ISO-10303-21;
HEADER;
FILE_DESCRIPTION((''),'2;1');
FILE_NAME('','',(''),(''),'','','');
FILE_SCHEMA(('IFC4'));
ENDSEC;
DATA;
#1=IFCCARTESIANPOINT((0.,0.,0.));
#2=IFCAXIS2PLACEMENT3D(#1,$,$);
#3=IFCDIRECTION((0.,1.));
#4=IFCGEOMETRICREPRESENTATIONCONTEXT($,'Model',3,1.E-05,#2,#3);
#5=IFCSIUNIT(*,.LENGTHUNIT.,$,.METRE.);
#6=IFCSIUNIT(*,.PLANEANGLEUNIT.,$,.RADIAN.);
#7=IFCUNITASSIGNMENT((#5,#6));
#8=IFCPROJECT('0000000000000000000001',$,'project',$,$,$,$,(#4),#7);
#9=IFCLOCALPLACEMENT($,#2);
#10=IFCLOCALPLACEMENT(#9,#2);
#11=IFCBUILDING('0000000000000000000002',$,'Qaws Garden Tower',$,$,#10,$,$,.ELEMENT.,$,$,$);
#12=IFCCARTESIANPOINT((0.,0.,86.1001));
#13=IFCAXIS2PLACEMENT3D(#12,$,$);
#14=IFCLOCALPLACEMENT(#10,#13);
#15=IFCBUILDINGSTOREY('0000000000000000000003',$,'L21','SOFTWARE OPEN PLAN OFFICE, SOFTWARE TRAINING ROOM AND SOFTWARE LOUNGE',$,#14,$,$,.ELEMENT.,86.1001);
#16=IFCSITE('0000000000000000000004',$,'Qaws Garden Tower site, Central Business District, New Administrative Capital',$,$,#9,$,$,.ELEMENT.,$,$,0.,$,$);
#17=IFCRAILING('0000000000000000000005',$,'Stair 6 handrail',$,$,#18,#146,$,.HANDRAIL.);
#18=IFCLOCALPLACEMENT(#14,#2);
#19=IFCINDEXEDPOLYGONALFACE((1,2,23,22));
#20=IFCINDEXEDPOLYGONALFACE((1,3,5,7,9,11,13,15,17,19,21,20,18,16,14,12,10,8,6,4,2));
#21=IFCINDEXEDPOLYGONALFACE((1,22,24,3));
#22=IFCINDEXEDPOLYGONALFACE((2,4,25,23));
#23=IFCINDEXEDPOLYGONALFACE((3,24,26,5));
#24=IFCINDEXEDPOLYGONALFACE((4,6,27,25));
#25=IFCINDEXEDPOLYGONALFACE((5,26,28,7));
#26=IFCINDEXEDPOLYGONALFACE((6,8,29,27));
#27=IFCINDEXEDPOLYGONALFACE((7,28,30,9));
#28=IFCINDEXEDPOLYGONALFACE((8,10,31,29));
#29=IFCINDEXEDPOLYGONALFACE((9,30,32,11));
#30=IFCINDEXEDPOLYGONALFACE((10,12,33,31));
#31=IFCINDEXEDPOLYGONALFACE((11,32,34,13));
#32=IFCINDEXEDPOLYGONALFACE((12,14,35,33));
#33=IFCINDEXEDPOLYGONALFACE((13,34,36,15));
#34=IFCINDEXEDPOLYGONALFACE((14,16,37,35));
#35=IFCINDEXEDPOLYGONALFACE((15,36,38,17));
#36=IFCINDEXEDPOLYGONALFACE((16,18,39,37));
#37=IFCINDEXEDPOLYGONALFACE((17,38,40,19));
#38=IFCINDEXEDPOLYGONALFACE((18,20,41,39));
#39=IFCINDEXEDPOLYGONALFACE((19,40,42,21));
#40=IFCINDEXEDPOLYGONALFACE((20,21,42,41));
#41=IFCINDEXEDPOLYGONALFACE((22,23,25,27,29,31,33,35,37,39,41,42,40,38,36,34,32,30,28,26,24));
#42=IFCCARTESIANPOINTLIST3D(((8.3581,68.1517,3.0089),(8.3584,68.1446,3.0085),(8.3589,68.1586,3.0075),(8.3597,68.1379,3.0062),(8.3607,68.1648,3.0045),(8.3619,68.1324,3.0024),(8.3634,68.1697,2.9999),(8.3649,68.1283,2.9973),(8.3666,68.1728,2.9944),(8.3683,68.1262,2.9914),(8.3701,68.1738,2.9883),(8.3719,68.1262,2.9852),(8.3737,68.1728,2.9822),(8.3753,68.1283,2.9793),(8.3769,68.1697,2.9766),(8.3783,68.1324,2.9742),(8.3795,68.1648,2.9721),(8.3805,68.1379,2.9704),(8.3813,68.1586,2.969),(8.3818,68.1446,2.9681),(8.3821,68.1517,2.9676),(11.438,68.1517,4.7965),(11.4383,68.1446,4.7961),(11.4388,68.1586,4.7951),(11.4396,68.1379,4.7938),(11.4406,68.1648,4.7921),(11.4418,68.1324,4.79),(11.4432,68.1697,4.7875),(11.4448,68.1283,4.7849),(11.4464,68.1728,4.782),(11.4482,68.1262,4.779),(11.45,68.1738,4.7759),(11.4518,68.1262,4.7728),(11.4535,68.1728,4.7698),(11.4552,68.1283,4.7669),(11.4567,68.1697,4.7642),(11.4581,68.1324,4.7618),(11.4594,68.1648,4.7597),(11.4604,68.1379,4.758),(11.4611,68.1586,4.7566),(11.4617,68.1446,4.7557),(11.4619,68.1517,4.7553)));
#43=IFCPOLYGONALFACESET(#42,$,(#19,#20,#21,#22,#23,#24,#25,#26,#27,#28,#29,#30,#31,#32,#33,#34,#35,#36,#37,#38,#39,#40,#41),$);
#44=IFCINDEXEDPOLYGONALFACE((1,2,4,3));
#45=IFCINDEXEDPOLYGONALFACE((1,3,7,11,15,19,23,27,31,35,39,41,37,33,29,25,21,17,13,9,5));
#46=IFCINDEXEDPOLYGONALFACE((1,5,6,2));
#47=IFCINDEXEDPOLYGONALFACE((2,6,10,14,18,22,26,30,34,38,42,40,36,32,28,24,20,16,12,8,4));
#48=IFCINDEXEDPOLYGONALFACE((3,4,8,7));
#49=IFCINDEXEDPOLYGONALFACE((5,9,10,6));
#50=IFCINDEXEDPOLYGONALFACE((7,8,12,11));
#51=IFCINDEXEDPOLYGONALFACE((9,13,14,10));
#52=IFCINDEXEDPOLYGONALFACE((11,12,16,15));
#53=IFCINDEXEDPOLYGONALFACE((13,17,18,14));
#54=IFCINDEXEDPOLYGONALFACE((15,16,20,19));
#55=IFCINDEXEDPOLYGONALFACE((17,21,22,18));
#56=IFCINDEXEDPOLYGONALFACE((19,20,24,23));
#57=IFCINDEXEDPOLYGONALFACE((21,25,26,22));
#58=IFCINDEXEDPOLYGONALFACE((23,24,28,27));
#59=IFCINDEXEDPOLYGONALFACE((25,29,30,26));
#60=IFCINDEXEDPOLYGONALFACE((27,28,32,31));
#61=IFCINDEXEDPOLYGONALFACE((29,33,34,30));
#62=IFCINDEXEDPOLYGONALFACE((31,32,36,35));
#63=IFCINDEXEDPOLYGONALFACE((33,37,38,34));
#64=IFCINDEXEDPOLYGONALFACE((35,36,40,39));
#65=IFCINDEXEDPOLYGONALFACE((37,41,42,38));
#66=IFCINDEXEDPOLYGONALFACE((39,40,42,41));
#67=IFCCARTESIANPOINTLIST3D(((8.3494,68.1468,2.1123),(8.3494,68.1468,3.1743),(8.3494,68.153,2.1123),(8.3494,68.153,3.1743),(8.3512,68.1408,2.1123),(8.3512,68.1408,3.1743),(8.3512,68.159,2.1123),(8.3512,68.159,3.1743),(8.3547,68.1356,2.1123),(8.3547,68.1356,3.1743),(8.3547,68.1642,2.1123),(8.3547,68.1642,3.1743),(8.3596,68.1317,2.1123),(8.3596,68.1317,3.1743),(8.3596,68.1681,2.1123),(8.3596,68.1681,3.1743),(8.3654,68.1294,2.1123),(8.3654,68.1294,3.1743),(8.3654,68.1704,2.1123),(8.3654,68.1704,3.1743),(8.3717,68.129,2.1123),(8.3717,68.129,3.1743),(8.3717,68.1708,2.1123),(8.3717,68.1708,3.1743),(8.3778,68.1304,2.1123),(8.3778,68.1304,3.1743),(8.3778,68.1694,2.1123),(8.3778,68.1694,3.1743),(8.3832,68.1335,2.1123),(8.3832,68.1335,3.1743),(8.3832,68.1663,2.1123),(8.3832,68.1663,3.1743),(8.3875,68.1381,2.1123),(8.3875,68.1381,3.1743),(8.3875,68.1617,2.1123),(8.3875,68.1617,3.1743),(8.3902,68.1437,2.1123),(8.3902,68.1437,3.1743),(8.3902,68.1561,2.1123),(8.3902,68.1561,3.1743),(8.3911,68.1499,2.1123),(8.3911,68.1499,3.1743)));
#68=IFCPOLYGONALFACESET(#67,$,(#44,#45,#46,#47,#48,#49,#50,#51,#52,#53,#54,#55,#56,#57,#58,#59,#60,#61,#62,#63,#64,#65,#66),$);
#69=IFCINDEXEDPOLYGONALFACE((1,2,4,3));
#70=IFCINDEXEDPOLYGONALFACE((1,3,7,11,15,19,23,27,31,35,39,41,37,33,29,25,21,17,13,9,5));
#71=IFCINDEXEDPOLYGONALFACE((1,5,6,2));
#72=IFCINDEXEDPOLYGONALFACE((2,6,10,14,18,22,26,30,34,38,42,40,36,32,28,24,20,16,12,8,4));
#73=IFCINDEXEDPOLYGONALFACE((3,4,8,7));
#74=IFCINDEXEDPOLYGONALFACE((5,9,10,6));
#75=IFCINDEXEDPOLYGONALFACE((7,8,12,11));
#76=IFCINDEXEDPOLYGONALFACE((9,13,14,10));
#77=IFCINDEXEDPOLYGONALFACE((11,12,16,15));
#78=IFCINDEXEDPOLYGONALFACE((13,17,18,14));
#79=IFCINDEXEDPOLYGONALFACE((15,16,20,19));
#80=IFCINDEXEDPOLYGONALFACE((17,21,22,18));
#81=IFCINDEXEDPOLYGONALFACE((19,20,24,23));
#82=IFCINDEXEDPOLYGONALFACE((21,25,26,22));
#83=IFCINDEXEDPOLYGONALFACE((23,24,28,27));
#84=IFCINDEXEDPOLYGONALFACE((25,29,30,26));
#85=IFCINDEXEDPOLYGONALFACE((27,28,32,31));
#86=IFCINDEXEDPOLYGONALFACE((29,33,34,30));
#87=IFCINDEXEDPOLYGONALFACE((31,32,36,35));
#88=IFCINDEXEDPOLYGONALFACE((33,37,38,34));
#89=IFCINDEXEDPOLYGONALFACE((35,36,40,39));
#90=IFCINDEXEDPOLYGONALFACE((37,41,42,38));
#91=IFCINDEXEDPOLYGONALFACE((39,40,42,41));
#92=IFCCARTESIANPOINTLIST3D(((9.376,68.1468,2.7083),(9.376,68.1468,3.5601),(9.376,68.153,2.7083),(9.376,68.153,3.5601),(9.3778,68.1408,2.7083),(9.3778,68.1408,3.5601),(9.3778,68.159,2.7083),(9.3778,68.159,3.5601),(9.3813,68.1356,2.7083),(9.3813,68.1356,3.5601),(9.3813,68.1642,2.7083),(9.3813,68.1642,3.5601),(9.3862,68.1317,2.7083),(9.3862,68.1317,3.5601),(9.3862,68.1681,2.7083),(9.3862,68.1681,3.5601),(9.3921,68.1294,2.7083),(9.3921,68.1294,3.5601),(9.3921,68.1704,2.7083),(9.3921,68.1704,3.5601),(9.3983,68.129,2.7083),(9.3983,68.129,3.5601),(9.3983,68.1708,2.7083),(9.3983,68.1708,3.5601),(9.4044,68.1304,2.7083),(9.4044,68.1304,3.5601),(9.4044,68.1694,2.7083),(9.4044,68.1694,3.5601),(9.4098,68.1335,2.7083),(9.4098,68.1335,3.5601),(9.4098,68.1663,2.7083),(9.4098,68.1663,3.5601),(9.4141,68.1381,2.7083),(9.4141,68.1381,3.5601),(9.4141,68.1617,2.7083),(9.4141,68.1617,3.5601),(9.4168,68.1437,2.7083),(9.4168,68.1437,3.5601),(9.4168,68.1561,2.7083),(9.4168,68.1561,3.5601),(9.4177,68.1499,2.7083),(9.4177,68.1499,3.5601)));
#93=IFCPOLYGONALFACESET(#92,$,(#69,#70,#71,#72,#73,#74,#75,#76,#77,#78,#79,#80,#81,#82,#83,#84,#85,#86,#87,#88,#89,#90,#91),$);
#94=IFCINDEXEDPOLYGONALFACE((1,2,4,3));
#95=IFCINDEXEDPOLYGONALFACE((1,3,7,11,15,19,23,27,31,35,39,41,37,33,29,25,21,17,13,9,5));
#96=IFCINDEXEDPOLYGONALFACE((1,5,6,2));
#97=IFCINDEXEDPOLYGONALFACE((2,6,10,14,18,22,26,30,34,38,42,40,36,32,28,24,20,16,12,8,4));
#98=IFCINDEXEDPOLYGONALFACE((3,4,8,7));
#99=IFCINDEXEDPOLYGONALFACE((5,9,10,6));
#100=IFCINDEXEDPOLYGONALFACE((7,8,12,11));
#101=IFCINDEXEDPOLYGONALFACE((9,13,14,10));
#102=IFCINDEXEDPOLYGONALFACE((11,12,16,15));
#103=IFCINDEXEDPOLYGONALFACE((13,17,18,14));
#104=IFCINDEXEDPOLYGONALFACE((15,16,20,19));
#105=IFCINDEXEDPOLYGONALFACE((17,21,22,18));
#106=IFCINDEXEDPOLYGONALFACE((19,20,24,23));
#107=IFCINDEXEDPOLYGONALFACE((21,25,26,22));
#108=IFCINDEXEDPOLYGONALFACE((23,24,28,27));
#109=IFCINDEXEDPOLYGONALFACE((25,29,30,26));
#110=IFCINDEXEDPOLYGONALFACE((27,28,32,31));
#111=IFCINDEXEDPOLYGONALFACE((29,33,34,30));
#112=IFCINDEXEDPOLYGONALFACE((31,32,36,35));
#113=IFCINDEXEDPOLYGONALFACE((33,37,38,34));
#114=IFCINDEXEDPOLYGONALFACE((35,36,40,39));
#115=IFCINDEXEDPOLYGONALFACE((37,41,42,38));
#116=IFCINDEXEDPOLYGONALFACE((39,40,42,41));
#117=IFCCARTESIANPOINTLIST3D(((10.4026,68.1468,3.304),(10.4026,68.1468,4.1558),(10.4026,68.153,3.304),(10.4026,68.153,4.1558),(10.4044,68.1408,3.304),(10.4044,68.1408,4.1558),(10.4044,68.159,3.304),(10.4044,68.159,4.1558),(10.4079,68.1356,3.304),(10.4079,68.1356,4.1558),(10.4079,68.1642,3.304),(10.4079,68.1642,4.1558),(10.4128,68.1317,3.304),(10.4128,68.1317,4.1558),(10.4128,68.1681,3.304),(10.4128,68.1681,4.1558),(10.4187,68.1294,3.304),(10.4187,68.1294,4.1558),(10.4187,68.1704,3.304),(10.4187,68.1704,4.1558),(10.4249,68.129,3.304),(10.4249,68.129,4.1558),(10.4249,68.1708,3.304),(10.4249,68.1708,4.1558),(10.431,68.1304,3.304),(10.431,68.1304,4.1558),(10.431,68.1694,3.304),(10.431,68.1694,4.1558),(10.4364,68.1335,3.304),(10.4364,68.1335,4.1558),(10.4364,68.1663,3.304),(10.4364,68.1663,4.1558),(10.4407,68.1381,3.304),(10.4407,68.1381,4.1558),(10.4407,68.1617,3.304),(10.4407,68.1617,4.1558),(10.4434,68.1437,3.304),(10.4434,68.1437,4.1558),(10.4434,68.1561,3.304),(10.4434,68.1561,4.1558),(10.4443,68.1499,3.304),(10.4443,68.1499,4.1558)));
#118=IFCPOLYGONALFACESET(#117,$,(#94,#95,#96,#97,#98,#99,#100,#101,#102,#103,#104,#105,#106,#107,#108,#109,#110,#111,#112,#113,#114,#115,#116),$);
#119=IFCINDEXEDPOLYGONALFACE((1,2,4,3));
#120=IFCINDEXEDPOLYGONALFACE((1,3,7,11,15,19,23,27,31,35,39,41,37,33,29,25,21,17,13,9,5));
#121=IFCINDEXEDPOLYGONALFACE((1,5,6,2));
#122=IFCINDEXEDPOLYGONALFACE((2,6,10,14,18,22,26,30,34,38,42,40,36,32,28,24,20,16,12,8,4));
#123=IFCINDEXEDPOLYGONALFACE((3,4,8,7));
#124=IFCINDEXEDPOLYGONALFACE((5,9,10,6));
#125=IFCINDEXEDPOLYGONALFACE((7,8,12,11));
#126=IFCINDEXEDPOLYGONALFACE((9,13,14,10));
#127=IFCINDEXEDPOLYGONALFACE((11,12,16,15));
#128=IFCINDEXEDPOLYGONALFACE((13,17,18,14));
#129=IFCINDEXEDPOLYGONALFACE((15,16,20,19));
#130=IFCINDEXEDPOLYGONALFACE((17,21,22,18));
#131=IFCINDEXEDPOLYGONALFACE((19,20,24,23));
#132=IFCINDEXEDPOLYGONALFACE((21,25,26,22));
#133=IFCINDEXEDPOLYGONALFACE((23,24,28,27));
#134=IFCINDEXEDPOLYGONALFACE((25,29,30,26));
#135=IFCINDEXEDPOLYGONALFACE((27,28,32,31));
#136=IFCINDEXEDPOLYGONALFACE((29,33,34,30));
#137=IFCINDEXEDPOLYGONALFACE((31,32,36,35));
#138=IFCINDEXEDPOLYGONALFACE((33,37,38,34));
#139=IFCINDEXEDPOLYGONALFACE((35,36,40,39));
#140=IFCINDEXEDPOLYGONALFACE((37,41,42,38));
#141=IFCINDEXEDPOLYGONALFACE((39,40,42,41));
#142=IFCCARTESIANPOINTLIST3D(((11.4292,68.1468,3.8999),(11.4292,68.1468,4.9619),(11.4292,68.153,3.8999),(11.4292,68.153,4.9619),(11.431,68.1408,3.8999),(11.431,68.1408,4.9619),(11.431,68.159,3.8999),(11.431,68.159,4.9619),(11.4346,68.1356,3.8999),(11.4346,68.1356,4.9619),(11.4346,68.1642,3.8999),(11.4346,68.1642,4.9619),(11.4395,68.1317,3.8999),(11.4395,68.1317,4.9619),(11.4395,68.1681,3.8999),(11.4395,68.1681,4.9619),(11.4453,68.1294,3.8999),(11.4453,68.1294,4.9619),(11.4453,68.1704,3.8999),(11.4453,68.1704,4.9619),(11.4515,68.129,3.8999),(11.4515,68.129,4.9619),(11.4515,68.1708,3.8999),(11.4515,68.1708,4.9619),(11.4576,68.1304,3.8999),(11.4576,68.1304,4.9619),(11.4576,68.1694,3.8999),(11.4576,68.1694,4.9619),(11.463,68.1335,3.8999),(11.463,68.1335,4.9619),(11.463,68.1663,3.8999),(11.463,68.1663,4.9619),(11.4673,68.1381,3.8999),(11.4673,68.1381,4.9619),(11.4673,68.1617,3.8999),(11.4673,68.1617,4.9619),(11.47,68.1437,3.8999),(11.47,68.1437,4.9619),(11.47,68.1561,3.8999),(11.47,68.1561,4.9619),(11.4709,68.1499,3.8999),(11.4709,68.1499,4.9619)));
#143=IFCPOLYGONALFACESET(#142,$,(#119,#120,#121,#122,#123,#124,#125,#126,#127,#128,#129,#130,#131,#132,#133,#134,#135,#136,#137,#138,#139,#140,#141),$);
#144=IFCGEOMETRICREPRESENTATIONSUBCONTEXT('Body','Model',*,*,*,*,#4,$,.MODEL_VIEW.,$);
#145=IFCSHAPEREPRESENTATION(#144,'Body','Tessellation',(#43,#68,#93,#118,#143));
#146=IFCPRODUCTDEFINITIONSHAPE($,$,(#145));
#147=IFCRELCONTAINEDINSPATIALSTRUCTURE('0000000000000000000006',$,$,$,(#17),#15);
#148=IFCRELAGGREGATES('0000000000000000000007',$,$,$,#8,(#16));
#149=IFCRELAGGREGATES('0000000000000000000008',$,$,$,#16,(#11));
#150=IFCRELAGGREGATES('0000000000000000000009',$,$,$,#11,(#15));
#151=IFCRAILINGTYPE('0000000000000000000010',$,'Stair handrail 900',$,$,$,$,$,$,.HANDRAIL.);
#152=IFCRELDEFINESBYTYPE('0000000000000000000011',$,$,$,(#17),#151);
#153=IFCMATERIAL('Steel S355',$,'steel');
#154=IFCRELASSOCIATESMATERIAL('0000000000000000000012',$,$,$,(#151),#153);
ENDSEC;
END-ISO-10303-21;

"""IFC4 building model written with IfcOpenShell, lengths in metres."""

from ifc_helpers import new_model, si_unit, direction, frame, origin, origin_2d, place, context, subcontext, project, spatial, circle, extrude, material, type_object, element, save


model = new_model("IFC4")

# Units and contexts
model_context = context("Model", 3, precision=1e-05, world=origin(), true_north=direction((0.0, 1.0)))
body_context = subcontext(model_context, "Body", "Model", "MODEL_VIEW")
ifc_project = project(units=[si_unit("LENGTHUNIT", "METRE"), si_unit("PLANEANGLEUNIT", "RADIAN")], contexts=[model_context])

# Site, building, storey
site_placement = place(None, origin())
site = spatial("IfcSite", under=ifc_project, at=site_placement, Name="Qaws Garden Tower site, Central Business District, New Administrative Capital", CompositionType="ELEMENT", RefElevation=0.0)
building_placement = place(site_placement, origin())
building = spatial("IfcBuilding", under=site, at=building_placement, Name="Qaws Garden Tower", CompositionType="ELEMENT")
storey_placement = place(building_placement, frame((0.0, 0.0, 86.1001)))
storey = spatial("IfcBuildingStorey", under=building, at=storey_placement, Name="L21", Description="SOFTWARE OPEN PLAN OFFICE, SOFTWARE TRAINING ROOM AND SOFTWARE LOUNGE", CompositionType="ELEMENT", Elevation=86.1001)

# Railing
ifc_material_1 = material(Name="Steel S355", Category="steel")
railing_type = type_object("IfcRailingType", Name="Stair handrail 900", PredefinedType="HANDRAIL", material=ifc_material_1)
railing_1_placement = place(storey_placement, frame((8.3701, 68.1499, 2.1123)))
element("IfcRailing", 1, at=railing_1_placement, inside=storey, type_object=railing_type, Name="Stair 6 handrail", PredefinedType="HANDRAIL", context=body_context, shape_type="SweptSolid", body=[
    extrude(circle(Radius=0.0239, at=origin_2d()), frame((0.0, 0.0, 0.876), z_axis=(0.864873, 0.0, 0.50199), x_axis=(0.0, 1.0, 0.0)), (0.0, 0.0, 1.0), 3.561),
    extrude(circle(Radius=0.021, at=origin_2d()), origin(), (0.0, 0.0, 1.0), 1.062),
    extrude(circle(Radius=0.021, at=origin_2d()), frame((1.0266, 0.0, 0.5959)), (0.0, 0.0, 1.0), 0.8518),
    extrude(circle(Radius=0.021, at=origin_2d()), frame((2.0532, 0.0, 1.1917)), (0.0, 0.0, 1.0), 0.8518),
    extrude(circle(Radius=0.021, at=origin_2d()), frame((3.0798, 0.0, 1.7876)), (0.0, 0.0, 1.0), 1.062),
])

save(model, "model.ifc")
